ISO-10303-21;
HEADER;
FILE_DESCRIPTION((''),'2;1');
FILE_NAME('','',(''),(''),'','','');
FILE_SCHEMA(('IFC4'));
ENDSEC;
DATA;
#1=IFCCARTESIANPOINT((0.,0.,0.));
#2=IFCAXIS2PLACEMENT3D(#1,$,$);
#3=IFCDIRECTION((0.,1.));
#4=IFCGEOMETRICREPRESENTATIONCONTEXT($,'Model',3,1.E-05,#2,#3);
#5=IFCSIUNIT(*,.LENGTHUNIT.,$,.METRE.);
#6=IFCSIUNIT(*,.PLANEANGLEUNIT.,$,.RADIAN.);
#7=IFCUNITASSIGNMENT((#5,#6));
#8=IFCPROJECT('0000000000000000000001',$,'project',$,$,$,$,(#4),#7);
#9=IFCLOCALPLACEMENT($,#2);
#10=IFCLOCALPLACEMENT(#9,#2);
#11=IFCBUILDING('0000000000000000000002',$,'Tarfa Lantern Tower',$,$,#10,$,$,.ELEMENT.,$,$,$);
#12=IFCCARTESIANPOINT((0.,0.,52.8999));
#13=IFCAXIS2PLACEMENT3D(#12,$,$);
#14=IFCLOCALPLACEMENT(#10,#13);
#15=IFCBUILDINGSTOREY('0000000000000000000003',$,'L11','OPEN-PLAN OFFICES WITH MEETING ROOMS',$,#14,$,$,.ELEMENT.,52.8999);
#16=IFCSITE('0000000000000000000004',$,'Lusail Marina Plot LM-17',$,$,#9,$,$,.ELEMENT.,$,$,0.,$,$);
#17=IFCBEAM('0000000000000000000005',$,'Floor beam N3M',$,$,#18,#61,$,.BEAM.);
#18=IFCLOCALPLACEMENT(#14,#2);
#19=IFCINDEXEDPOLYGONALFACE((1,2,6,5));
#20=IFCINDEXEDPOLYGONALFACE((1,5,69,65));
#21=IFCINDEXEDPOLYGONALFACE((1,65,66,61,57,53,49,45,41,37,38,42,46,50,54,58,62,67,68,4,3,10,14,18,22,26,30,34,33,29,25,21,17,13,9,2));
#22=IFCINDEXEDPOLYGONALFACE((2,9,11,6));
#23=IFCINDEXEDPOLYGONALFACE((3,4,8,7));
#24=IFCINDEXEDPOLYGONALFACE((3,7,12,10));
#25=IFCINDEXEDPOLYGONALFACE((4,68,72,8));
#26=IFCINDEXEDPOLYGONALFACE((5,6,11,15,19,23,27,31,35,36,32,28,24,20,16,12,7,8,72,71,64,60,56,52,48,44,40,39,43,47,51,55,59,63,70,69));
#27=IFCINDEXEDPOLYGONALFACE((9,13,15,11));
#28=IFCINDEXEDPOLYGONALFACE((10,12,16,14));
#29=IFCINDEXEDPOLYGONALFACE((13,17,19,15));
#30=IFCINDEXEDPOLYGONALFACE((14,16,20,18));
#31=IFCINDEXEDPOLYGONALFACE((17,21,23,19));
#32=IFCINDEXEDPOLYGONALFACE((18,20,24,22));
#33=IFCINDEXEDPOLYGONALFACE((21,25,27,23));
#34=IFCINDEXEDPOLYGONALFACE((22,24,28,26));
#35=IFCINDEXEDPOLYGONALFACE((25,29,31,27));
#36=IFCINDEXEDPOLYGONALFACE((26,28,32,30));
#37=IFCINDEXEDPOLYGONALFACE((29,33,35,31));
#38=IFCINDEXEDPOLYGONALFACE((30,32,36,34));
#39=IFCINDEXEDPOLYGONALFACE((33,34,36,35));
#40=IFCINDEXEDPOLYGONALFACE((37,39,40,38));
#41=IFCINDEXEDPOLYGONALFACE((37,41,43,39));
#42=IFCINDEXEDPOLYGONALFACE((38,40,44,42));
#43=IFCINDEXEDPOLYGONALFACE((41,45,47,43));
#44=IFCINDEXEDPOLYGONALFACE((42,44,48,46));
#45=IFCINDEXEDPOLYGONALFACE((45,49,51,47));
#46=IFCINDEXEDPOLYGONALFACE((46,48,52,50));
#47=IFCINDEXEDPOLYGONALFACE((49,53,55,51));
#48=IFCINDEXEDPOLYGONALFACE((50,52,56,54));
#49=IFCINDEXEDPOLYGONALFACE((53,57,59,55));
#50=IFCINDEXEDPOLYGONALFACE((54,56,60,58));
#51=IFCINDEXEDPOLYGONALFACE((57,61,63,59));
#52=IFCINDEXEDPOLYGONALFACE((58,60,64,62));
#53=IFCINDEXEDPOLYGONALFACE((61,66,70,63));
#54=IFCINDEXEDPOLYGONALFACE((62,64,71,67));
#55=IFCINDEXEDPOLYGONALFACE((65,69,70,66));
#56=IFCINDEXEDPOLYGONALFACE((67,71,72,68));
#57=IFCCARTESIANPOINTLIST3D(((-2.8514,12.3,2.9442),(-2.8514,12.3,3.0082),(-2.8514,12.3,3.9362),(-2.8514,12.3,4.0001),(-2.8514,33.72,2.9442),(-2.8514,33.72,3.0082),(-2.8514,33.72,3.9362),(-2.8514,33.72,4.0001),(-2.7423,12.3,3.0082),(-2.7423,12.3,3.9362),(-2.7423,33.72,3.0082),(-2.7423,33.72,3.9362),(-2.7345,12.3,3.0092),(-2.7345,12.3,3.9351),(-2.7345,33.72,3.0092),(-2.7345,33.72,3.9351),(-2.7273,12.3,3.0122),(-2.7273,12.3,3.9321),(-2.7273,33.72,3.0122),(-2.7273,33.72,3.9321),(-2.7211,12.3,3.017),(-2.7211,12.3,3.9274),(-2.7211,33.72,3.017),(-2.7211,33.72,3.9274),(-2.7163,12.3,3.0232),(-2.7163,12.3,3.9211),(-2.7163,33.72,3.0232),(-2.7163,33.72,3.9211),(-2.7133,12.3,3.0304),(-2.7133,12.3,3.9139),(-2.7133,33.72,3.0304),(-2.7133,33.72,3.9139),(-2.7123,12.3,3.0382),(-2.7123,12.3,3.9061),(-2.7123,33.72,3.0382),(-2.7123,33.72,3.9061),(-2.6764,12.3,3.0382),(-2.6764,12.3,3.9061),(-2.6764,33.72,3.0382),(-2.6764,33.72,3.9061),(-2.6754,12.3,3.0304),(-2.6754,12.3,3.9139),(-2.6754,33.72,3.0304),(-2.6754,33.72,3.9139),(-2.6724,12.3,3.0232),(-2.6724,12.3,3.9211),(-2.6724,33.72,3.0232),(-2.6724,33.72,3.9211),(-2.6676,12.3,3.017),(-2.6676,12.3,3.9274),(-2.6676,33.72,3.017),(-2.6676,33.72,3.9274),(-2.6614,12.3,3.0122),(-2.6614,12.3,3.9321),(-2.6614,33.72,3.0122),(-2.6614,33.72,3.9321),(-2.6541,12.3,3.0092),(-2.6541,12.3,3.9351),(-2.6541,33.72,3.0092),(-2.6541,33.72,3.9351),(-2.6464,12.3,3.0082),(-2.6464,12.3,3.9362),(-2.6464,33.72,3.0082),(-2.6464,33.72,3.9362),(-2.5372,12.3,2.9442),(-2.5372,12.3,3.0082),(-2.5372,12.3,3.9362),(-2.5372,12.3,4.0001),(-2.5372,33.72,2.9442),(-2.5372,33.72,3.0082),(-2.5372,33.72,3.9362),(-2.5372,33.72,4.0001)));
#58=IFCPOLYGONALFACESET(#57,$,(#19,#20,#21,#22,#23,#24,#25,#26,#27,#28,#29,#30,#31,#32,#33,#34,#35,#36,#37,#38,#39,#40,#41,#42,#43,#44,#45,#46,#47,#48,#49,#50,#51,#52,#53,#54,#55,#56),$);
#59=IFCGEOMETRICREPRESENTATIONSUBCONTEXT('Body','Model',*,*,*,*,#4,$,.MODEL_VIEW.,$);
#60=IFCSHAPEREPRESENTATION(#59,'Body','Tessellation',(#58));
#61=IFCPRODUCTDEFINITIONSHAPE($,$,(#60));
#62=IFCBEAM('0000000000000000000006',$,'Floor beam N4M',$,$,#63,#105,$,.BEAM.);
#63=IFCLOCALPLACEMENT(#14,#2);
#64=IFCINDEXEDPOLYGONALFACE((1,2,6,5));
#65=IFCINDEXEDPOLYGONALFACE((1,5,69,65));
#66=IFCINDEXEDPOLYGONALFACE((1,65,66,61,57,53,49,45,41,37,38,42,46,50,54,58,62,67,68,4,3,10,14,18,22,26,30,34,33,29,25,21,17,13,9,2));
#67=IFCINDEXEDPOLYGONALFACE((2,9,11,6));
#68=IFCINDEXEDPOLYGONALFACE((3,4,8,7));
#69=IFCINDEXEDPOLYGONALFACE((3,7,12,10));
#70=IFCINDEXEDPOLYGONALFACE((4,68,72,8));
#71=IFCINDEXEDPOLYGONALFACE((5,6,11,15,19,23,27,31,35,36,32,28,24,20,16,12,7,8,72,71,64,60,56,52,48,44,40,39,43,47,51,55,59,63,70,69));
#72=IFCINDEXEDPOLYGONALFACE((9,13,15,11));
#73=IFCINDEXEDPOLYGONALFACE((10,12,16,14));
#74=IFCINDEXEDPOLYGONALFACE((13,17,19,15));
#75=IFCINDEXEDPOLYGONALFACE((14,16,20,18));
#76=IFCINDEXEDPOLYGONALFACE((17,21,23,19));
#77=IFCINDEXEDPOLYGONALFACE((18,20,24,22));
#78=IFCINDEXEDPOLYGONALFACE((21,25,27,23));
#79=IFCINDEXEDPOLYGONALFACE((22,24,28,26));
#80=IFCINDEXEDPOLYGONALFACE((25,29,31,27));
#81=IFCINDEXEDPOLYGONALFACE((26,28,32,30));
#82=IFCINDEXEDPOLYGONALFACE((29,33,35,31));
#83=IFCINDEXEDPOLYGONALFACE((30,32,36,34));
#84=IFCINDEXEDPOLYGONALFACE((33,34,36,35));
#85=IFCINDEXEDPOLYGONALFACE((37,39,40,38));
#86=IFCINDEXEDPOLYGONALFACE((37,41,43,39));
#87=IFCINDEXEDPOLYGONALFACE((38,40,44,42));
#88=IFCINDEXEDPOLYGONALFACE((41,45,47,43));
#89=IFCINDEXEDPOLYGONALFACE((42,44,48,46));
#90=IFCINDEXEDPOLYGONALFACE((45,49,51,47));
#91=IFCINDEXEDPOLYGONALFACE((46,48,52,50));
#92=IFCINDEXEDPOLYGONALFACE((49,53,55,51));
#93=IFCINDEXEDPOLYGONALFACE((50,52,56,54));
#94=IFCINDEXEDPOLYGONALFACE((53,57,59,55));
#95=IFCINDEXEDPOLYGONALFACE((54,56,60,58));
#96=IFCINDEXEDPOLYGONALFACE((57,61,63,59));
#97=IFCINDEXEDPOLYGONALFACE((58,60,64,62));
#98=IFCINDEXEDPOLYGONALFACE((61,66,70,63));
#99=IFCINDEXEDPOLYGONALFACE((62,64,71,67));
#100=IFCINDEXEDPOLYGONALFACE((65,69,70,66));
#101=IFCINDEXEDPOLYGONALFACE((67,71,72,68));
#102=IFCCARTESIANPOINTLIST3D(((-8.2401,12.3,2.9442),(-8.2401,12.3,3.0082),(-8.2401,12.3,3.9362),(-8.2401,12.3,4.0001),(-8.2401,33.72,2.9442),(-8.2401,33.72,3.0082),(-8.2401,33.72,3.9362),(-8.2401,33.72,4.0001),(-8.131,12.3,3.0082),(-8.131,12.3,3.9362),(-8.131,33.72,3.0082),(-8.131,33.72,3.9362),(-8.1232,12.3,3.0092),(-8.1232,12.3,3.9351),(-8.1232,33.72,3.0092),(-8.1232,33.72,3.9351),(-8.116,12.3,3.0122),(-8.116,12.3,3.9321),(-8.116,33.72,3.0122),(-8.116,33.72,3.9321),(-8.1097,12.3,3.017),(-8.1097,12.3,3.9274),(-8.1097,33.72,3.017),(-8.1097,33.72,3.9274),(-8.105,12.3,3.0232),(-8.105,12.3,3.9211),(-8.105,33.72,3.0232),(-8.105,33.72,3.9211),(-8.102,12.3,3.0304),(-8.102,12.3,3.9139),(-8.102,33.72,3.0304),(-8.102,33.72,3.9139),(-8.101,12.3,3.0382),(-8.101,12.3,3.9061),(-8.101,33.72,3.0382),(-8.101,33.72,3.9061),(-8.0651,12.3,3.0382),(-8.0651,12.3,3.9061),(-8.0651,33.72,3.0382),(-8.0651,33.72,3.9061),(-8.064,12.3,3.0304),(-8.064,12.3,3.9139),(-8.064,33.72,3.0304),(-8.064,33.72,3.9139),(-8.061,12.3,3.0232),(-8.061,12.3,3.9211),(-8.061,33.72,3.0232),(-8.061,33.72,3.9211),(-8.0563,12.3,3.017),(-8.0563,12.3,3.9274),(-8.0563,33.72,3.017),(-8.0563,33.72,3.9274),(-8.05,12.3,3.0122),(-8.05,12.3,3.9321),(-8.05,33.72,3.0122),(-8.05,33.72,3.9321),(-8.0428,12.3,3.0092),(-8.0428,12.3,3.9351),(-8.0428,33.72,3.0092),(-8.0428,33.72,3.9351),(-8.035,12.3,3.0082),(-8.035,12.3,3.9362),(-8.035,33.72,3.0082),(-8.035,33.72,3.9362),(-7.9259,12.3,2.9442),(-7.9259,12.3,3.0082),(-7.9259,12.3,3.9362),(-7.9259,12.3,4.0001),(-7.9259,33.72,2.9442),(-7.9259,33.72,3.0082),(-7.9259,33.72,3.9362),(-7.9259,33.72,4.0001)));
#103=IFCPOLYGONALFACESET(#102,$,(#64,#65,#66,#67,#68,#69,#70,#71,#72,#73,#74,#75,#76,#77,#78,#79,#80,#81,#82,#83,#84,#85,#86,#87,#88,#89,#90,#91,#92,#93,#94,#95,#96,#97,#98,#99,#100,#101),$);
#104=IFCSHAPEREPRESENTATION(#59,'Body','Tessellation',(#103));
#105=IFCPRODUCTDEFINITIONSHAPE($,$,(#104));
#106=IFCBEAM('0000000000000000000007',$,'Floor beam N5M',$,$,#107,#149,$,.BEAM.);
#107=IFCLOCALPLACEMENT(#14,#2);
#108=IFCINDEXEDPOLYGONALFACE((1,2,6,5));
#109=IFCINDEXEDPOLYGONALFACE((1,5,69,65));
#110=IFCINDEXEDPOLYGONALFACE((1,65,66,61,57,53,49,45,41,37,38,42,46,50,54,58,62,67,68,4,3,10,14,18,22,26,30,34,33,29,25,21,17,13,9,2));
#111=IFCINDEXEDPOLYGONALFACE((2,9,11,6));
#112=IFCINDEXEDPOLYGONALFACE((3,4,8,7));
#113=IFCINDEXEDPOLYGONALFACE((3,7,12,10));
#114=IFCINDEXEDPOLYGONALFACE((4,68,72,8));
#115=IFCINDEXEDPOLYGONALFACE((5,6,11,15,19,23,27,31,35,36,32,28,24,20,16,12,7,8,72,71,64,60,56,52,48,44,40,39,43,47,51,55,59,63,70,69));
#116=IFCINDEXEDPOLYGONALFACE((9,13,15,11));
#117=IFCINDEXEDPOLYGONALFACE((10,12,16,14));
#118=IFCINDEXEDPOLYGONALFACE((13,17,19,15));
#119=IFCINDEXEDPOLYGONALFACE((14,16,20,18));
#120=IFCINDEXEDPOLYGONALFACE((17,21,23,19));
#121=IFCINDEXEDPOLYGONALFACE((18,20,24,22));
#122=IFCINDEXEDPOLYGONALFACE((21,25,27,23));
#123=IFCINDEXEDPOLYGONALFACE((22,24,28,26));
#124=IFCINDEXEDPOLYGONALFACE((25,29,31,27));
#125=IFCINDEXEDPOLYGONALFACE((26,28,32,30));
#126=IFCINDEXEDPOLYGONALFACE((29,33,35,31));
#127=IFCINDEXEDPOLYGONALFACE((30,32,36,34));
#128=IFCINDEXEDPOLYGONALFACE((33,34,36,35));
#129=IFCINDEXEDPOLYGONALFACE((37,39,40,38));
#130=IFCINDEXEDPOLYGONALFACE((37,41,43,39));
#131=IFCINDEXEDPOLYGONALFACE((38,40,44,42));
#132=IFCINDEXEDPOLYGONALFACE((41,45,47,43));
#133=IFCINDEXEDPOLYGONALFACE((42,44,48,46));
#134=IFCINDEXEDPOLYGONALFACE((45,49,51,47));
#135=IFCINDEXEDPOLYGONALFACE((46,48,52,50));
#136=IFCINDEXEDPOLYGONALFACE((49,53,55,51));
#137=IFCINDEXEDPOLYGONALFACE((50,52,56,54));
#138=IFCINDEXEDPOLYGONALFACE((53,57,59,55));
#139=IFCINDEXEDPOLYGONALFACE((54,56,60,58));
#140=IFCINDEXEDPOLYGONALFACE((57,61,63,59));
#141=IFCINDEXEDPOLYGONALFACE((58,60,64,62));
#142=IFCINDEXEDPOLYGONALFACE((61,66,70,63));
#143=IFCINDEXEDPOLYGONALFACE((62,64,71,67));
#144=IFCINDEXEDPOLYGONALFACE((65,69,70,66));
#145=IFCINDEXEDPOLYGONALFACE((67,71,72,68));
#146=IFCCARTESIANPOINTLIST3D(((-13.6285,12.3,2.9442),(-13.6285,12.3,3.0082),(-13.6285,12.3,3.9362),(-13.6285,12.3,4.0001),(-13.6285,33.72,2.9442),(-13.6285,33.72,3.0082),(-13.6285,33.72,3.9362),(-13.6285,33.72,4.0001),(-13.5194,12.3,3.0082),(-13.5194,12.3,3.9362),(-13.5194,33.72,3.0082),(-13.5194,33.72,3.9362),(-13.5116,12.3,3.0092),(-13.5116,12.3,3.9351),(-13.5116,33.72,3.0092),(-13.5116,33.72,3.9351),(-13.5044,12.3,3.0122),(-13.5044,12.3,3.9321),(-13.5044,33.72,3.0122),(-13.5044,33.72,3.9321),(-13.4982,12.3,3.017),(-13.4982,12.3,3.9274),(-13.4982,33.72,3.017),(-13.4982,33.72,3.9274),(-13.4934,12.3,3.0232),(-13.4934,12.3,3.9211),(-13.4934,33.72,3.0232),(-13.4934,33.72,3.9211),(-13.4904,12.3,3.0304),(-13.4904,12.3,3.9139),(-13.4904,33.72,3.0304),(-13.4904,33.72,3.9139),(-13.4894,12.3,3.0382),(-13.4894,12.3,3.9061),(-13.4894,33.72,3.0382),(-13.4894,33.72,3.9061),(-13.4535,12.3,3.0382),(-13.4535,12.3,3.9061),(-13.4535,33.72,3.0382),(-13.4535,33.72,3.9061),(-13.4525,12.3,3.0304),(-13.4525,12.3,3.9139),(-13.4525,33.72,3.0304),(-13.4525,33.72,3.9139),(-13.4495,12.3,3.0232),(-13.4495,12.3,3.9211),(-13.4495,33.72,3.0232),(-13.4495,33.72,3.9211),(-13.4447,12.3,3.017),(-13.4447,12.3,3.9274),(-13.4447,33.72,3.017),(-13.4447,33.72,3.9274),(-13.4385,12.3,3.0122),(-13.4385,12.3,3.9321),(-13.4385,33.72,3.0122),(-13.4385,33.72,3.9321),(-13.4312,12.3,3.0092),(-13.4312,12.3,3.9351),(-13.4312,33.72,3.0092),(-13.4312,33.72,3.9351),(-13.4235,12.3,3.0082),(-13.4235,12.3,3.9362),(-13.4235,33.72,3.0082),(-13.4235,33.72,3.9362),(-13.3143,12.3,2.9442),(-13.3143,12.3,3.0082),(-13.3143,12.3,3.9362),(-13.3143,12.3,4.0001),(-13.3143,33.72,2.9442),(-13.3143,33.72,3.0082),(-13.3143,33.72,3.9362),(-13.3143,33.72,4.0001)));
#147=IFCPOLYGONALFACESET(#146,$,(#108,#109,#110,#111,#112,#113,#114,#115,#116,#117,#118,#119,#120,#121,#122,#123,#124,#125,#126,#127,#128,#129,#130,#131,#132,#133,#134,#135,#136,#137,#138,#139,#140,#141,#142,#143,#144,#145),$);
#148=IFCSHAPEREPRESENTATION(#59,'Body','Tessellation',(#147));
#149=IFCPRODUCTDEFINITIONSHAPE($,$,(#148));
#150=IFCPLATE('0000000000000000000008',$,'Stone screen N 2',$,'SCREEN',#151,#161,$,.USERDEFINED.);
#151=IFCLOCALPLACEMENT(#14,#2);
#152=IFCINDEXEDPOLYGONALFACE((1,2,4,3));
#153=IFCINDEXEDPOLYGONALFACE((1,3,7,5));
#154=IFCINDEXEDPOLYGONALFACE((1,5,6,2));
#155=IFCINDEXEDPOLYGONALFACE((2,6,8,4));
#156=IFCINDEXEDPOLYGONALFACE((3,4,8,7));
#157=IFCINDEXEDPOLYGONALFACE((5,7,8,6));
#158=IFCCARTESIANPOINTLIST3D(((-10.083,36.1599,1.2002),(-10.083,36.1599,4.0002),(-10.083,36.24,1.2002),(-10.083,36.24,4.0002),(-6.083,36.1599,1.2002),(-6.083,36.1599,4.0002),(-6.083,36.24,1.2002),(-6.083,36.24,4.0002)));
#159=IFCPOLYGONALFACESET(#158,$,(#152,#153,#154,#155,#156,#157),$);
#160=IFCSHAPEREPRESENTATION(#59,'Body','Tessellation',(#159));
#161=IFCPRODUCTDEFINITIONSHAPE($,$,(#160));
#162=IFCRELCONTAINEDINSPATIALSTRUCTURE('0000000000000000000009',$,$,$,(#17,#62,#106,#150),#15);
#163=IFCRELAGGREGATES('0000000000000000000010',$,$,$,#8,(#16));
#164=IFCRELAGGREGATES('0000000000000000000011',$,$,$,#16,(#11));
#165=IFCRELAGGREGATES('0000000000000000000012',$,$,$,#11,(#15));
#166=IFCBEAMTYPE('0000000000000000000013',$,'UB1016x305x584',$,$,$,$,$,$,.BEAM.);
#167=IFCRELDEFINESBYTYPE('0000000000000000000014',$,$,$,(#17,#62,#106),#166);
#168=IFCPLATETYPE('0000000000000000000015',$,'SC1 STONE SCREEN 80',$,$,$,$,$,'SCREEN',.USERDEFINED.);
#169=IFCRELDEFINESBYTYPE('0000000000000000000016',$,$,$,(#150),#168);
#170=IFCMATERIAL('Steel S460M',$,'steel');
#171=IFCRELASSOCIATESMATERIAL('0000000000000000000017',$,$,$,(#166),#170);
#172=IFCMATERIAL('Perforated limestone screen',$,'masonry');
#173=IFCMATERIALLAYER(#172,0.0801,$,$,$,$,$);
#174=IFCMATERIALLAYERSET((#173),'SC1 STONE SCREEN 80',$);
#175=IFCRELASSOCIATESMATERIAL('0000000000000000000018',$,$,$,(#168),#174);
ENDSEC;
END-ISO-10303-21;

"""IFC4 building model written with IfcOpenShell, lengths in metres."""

from ifc_helpers import new_model, si_unit, direction, frame, origin, origin_2d, place, context, subcontext, project, spatial, rectangle, i_section, extrude, material, layer, layer_set, material_profile, profile_set, type_object, element, save


model = new_model("IFC4")

# Units and contexts
model_context = context("Model", 3, precision=1e-05, world=origin(), true_north=direction((0.0, 1.0)))
body_context = subcontext(model_context, "Body", "Model", "MODEL_VIEW")
ifc_project = project(units=[si_unit("LENGTHUNIT", "METRE"), si_unit("PLANEANGLEUNIT", "RADIAN")], contexts=[model_context])

# Site, building, storey
site_placement = place(None, origin())
site = spatial("IfcSite", under=ifc_project, at=site_placement, Name="Lusail Marina Plot LM-17", CompositionType="ELEMENT", RefElevation=0.0)
building_placement = place(site_placement, origin())
building = spatial("IfcBuilding", under=site, at=building_placement, Name="Tarfa Lantern Tower", CompositionType="ELEMENT")
storey_placement = place(building_placement, frame((0.0, 0.0, 52.8999)))
storey = spatial("IfcBuildingStorey", under=building, at=storey_placement, Name="L11", Description="OPEN-PLAN OFFICES WITH MEETING ROOMS", CompositionType="ELEMENT", Elevation=52.8999)

# Beams
ifc_material_1 = material(Name="Steel S460M", Category="steel")
ifc_material_profile_1 = material_profile(ifc_material_1, i_section(OverallWidth=0.3142, OverallDepth=1.0559, WebThickness=0.0359, FlangeThickness=0.064, FilletRadius=0.03, at=origin_2d()), Name="UB1016x305x584")
ifc_profile_set_1 = profile_set([ifc_material_profile_1], Name="Steel S460M")
beam_type_1 = type_object("IfcBeamType", Name="UB1016x305x584", PredefinedType="BEAM", material=ifc_profile_set_1)
for number, where, z_axis, x_axis, name in (
    (1, (-2.6943, 33.72, 3.4722), (0.0, -1.0, 0.0), (1.0, 0.0, 0.0), "Floor beam N3M"),
    (2, (-8.083, 33.72, 3.4722), (0.0, -1.0, 0.0), (1.0, 0.0, 0.0), "Floor beam N4M"),
    (3, (-13.4714, 33.72, 3.4722), (0.0, -1.0, 0.0), (1.0, 0.0, 0.0), "Floor beam N5M"),
):
    element("IfcBeam", number, at=place(storey_placement, frame(where, z_axis=z_axis, x_axis=x_axis)), inside=storey, type_object=beam_type_1, Name=name, PredefinedType="BEAM", context=body_context, shape_type="SweptSolid", body=[
        extrude(i_section(OverallWidth=0.3142, OverallDepth=1.0559, WebThickness=0.0359, FlangeThickness=0.064, FilletRadius=0.03, at=origin_2d()), origin(), (0.0, 0.0, 1.0), 21.4199),
    ])

# Plate
ifc_material_2 = material(Name="Perforated limestone screen", Category="masonry")
ifc_layer_1 = layer(ifc_material_2, 0.0801)
ifc_layer_set_1 = layer_set([ifc_layer_1], Name="SC1 STONE SCREEN 80")
plate_type = type_object("IfcPlateType", Name="SC1 STONE SCREEN 80", ElementType="SCREEN", PredefinedType="USERDEFINED", material=ifc_layer_set_1)
plate_placement = place(storey_placement, frame((-8.083, 36.2, 1.2002), z_axis=(0.0, 0.0, 1.0), x_axis=(-1.0, 0.0, 0.0)))
element("IfcPlate", 4, at=plate_placement, inside=storey, type_object=plate_type, Name="Stone screen N 2", ObjectType="SCREEN", PredefinedType="USERDEFINED", context=body_context, shape_type="SweptSolid", body=[
    extrude(rectangle(XDim=4.0, YDim=0.0801, at=origin_2d()), origin(), (0.0, 0.0, 1.0), 2.8),
])

save(model, "model.ifc")
